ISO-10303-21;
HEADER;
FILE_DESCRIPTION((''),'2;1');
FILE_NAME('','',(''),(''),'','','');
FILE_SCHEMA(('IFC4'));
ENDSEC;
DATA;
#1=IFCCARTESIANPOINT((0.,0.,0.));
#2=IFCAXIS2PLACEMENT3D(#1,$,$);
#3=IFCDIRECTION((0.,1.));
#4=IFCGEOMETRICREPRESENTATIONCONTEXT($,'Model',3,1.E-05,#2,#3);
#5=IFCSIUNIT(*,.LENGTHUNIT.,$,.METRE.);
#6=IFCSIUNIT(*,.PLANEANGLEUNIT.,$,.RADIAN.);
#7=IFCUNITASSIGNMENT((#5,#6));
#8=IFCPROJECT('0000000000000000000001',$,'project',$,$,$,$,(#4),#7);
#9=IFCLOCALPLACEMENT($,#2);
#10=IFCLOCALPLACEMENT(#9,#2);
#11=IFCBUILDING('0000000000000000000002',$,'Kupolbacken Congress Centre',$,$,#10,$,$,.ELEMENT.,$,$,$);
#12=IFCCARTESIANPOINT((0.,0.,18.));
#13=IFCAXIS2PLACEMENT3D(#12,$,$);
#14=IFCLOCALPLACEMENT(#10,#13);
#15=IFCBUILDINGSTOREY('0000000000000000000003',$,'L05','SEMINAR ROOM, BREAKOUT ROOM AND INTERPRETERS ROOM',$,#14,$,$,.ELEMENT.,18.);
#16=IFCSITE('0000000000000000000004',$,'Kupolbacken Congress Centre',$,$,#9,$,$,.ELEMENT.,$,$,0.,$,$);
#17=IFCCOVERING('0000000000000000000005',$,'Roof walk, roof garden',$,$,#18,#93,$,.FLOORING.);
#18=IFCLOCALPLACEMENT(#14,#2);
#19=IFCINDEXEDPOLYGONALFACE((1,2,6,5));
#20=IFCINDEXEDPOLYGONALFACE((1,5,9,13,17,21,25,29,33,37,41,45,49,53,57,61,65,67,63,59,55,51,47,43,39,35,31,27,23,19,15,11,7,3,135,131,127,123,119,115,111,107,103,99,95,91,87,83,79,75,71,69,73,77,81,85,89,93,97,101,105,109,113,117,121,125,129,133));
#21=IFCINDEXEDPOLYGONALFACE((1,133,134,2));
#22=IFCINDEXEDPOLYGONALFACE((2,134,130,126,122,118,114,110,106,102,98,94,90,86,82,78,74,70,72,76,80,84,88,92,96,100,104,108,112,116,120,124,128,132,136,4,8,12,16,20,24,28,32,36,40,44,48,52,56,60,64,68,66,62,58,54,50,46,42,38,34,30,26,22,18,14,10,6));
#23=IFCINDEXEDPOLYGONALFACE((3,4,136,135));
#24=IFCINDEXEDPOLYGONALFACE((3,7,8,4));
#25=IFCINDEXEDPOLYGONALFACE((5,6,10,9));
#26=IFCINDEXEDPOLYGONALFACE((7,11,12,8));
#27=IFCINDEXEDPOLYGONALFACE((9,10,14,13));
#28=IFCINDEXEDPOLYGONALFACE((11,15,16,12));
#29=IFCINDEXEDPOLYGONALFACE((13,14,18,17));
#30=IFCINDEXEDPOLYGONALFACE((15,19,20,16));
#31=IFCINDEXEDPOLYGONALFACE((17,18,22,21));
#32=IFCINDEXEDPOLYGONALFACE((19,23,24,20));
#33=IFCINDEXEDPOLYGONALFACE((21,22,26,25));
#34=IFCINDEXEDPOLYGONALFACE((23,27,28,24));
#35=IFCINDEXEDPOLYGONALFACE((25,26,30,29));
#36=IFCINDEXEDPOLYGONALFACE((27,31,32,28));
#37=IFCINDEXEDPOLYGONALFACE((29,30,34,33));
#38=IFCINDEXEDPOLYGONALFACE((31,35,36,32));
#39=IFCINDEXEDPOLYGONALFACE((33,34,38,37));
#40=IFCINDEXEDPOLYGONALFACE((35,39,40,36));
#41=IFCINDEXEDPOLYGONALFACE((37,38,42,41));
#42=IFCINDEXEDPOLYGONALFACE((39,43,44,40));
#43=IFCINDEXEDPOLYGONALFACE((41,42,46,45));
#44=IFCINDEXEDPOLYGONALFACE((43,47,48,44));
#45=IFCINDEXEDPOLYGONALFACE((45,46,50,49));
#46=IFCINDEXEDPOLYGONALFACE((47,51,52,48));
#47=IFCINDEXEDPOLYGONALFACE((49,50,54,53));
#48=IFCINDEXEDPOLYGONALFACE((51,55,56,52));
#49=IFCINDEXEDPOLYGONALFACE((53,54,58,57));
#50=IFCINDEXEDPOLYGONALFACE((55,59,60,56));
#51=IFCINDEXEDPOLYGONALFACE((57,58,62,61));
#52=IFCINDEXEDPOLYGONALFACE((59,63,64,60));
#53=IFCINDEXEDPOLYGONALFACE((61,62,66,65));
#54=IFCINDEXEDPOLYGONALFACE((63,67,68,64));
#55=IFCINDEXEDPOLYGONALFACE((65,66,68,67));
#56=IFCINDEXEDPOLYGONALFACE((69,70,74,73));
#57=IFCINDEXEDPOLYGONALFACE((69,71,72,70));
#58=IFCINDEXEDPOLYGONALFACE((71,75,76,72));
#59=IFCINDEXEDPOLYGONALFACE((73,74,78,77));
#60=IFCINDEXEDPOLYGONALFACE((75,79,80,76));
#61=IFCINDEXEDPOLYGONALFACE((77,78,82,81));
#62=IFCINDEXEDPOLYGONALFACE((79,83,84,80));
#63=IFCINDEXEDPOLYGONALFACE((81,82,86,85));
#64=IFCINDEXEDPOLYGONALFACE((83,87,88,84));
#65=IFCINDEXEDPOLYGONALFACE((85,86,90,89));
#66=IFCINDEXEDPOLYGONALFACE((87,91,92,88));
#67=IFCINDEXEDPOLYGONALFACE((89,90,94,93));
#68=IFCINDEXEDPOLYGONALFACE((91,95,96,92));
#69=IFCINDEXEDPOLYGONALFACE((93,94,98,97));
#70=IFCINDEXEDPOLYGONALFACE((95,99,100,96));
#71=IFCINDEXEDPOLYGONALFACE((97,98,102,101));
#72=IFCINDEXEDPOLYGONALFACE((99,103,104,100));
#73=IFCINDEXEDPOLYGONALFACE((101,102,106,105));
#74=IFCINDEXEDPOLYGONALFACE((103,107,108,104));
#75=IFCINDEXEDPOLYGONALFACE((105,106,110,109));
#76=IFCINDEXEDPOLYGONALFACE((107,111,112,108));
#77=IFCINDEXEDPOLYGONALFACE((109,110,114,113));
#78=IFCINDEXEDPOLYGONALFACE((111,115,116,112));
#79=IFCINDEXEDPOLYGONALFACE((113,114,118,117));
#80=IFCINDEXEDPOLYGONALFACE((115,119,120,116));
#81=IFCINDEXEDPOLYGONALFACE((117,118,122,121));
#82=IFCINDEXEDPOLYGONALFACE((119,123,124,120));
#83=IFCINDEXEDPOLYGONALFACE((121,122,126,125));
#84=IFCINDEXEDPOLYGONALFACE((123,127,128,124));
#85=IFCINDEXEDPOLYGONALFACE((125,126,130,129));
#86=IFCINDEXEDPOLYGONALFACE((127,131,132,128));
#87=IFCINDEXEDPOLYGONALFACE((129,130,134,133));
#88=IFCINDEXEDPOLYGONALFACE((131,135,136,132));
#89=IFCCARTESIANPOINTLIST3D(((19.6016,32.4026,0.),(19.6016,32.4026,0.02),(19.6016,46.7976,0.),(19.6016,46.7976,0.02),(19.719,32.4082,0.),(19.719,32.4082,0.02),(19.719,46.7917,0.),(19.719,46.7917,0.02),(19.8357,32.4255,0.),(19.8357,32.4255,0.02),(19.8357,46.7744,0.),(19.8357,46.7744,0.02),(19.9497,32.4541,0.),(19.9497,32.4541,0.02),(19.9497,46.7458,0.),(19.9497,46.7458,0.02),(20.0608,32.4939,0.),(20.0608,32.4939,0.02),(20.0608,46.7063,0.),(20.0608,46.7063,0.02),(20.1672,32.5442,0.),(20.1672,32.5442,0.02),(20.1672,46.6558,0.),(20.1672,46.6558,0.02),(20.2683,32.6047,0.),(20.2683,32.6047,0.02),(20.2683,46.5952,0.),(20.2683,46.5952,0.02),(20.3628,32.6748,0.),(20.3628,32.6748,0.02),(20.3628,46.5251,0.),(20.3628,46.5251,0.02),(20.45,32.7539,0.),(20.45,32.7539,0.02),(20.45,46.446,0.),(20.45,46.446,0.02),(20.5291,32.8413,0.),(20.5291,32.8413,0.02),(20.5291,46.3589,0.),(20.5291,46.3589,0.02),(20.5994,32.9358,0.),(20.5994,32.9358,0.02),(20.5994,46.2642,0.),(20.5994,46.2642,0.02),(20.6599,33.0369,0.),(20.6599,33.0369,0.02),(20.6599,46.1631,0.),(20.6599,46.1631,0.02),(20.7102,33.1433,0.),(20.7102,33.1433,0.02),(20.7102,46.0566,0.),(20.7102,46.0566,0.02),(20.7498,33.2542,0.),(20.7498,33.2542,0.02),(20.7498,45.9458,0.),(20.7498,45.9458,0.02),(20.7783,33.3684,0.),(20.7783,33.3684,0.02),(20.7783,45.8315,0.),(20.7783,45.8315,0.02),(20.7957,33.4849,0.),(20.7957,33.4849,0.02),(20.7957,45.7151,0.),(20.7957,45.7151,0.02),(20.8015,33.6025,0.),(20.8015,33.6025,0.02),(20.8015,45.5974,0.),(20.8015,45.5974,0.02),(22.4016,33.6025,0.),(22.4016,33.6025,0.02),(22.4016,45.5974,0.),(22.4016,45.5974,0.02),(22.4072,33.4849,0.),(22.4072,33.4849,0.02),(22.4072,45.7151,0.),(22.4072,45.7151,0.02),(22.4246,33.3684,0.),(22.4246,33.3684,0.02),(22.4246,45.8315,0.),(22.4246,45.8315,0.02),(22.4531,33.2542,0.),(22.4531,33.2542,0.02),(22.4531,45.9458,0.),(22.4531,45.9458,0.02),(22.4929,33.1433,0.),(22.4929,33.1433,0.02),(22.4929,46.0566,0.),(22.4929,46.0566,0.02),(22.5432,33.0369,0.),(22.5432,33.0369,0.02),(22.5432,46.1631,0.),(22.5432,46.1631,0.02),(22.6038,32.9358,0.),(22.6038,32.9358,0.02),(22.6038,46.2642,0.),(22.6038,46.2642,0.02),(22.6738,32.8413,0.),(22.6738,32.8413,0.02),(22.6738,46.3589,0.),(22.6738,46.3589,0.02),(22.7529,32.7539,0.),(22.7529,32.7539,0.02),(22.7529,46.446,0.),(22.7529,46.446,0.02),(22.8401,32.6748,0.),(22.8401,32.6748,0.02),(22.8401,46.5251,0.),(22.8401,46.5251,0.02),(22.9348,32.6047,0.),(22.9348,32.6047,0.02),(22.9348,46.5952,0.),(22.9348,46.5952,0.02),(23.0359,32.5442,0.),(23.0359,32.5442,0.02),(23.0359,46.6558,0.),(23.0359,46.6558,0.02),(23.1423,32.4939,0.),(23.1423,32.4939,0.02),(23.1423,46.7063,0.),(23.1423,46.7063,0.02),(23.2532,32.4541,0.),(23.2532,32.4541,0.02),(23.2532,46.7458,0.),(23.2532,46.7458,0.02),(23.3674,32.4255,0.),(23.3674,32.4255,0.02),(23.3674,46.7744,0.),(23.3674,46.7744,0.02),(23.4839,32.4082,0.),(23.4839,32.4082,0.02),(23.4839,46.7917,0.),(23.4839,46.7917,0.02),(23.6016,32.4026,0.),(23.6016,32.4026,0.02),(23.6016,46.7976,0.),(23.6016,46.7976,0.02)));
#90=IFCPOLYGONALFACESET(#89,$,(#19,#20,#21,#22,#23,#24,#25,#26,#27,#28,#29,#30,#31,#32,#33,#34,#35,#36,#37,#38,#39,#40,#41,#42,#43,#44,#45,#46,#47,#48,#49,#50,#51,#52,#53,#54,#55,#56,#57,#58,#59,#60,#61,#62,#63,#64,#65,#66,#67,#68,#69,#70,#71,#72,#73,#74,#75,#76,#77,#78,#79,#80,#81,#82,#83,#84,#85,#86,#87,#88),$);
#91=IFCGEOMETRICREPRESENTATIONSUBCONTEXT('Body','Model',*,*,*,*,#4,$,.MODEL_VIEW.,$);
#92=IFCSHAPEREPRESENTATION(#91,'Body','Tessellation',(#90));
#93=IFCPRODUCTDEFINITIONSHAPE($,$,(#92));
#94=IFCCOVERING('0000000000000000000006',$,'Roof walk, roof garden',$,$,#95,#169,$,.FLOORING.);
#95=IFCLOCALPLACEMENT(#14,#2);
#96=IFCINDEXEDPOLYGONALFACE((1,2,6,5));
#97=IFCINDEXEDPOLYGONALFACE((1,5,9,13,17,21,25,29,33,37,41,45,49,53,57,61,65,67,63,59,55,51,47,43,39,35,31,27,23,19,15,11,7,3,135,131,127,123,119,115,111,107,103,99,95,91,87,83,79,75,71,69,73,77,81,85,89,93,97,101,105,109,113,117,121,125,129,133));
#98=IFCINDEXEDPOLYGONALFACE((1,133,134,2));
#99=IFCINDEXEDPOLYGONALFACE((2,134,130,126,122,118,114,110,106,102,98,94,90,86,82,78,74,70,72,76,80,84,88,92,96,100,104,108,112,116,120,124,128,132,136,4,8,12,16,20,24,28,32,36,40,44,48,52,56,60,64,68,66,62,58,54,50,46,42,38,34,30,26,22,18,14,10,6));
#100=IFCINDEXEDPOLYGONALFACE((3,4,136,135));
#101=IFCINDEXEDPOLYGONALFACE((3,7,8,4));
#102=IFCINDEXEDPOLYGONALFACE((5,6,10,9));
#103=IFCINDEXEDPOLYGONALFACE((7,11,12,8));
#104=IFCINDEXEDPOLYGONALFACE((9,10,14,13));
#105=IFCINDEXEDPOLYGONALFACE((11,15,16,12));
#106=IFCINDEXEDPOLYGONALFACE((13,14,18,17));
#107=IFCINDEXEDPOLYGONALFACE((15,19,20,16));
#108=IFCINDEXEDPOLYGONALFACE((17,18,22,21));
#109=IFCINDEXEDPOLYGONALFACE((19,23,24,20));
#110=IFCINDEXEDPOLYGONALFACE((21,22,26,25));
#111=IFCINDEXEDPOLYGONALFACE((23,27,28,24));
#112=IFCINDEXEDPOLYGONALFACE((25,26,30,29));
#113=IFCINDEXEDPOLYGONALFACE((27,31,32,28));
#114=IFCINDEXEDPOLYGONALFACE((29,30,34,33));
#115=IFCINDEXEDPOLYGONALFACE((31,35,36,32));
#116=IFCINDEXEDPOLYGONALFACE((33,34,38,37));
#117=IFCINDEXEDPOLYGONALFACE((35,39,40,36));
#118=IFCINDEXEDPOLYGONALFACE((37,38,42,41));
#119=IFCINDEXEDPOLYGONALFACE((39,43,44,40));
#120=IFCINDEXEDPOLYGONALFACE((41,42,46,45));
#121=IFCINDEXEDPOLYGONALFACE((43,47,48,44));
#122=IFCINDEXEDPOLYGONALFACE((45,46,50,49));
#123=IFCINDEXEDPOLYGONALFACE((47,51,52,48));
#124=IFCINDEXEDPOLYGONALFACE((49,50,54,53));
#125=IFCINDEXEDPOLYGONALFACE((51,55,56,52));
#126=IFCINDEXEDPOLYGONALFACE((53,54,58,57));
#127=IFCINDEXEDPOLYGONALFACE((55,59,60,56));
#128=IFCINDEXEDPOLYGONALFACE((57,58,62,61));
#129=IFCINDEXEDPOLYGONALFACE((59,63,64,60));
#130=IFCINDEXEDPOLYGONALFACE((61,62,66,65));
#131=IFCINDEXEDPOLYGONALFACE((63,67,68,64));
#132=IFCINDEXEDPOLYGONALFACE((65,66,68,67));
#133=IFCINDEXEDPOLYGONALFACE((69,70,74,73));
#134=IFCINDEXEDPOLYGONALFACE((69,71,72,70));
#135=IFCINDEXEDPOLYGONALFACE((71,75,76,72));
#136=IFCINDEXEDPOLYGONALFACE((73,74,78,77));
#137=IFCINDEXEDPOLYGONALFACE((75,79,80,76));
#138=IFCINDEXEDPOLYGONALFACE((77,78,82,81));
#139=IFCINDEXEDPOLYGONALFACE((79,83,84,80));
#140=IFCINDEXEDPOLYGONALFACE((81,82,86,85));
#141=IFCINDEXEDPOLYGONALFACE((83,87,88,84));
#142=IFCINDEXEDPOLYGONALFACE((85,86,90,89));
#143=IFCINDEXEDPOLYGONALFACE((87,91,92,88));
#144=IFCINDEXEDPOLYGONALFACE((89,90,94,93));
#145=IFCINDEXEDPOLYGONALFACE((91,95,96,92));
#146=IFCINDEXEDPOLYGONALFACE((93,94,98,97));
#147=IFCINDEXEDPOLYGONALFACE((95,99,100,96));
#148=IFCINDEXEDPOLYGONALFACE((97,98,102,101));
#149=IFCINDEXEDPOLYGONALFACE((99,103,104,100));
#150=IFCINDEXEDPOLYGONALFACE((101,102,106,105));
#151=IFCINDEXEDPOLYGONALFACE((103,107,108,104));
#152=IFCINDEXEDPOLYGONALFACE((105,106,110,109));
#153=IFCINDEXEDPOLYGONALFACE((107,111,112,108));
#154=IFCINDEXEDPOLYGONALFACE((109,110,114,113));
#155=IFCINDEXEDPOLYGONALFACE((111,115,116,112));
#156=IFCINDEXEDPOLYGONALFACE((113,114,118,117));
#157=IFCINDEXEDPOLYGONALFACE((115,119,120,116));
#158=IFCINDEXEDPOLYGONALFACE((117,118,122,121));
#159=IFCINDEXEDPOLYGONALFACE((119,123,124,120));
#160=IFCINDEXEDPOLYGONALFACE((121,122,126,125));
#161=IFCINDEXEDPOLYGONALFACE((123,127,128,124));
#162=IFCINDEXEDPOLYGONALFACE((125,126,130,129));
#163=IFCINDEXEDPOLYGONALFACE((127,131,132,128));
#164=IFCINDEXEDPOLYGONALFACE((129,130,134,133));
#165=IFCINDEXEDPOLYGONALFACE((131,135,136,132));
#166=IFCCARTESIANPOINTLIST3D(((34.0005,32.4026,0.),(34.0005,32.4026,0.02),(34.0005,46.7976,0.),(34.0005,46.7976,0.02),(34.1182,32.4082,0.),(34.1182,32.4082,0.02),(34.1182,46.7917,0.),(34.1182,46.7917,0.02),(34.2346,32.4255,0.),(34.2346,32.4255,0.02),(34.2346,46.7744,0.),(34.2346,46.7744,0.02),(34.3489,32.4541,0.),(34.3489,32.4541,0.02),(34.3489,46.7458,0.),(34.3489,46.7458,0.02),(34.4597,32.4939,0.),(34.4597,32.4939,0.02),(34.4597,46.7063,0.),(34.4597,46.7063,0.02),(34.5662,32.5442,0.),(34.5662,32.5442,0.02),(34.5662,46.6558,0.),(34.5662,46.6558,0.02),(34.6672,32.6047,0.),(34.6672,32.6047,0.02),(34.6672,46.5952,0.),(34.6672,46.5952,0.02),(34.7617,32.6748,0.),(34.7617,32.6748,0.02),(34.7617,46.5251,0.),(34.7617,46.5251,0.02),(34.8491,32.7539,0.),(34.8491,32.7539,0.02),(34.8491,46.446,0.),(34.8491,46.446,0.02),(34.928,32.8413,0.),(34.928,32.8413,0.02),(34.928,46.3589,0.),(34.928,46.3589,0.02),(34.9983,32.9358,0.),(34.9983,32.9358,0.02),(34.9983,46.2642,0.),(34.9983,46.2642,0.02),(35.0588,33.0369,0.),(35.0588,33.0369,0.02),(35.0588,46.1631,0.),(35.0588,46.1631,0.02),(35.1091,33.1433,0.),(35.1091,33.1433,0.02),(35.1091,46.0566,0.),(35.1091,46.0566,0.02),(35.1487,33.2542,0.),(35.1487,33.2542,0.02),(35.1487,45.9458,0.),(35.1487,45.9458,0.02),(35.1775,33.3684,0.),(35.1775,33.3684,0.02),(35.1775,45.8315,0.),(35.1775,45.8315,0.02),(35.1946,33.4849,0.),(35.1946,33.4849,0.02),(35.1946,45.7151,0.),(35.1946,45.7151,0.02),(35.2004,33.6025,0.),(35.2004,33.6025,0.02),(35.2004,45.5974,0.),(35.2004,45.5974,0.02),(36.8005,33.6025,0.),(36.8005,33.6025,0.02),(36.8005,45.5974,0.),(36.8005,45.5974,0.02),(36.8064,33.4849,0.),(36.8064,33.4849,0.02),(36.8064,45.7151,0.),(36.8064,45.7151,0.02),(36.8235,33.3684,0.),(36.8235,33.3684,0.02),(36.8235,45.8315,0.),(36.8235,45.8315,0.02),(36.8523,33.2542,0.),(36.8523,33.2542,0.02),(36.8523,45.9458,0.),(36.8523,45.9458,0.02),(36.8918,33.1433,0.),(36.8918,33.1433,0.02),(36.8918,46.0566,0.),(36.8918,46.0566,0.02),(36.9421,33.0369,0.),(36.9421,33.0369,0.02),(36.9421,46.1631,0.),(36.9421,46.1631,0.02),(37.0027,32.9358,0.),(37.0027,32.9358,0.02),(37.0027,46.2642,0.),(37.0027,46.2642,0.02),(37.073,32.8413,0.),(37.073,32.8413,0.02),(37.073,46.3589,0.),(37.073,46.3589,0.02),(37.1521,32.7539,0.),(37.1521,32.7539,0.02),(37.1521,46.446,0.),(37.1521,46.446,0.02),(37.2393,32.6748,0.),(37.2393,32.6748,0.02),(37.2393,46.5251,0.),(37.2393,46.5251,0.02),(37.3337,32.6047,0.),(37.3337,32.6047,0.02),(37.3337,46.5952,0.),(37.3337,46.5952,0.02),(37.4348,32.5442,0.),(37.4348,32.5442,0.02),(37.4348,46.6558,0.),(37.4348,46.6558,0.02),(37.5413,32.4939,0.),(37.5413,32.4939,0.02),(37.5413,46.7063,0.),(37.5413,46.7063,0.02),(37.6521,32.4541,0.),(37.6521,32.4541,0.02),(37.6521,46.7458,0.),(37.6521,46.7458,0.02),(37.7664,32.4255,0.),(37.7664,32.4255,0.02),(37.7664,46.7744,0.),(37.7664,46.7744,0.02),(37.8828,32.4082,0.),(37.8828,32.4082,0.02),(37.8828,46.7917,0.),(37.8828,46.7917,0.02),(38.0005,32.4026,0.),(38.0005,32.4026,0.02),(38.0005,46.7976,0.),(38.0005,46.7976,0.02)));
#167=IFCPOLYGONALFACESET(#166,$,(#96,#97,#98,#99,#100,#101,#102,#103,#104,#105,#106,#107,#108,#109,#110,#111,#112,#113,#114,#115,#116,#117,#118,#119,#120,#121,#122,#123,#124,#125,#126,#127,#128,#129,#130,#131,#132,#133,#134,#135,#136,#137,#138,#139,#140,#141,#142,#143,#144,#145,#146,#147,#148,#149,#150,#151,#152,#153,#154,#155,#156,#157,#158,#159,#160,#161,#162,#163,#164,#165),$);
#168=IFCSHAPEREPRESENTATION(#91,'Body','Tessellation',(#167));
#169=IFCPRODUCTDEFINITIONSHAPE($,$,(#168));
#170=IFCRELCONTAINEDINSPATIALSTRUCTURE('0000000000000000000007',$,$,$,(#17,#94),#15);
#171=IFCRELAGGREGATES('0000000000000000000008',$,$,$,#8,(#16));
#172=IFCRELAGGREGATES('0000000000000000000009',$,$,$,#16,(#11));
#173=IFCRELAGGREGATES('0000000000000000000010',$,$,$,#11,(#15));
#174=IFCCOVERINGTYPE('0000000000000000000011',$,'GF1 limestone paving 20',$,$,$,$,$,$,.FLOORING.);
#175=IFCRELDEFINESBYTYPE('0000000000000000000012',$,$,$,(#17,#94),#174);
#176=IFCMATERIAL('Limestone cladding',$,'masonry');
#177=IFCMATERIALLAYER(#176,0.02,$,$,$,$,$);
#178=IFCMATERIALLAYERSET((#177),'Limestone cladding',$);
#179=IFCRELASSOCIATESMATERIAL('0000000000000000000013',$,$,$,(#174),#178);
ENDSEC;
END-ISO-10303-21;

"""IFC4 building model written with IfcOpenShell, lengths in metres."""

from ifc_helpers import new_model, si_unit, direction, frame, origin, place, context, subcontext, project, spatial, polyline, outline, extrude, material, layer, layer_set, type_object, element, save


model = new_model("IFC4")

# Units and contexts
model_context = context("Model", 3, precision=1e-05, world=origin(), true_north=direction((0.0, 1.0)))
body_context = subcontext(model_context, "Body", "Model", "MODEL_VIEW")
ifc_project = project(units=[si_unit("LENGTHUNIT", "METRE"), si_unit("PLANEANGLEUNIT", "RADIAN")], contexts=[model_context])

# Site, building, storey
site_placement = place(None, origin())
site = spatial("IfcSite", under=ifc_project, at=site_placement, Name="Kupolbacken Congress Centre", CompositionType="ELEMENT", RefElevation=0.0)
building_placement = place(site_placement, origin())
building = spatial("IfcBuilding", under=site, at=building_placement, Name="Kupolbacken Congress Centre", CompositionType="ELEMENT")
storey_placement = place(building_placement, frame((0.0, 0.0, 18.0)))
storey = spatial("IfcBuildingStorey", under=building, at=storey_placement, Name="L05", Description="SEMINAR ROOM, BREAKOUT ROOM AND INTERPRETERS ROOM", CompositionType="ELEMENT", Elevation=18.0)

# Coverings
ifc_material_1 = material(Name="Limestone cladding", Category="masonry")
ifc_layer_1 = layer(ifc_material_1, 0.02)
ifc_layer_set_1 = layer_set([ifc_layer_1], Name="Limestone cladding")
covering_type_1 = type_object("IfcCoveringType", Name="GF1 limestone paving 20", PredefinedType="FLOORING", material=ifc_layer_set_1)
covering_1_placement = place(storey_placement, origin())
element("IfcCovering", 1, at=covering_1_placement, inside=storey, type_object=covering_type_1, Name="Roof walk, roof garden", PredefinedType="FLOORING", context=body_context, shape_type="SweptSolid", body=[
    extrude(outline(polyline([(19.719, 32.4082), (19.8357, 32.4255), (19.9497, 32.4541), (20.0608, 32.4939), (20.1672, 32.5442), (20.2683, 32.6047), (20.3628, 32.6748), (20.45, 32.7539), (20.5291, 32.8413), (20.5994, 32.9358), (20.6599, 33.0369), (20.7102, 33.1433), (20.7498, 33.2542), (20.7783, 33.3684), (20.7957, 33.4849), (20.8015, 33.6025), (20.8015, 45.5974), (20.7957, 45.7151), (20.7783, 45.8315), (20.7498, 45.9458), (20.7102, 46.0566), (20.6599, 46.1631), (20.5994, 46.2642), (20.5291, 46.3589), (20.45, 46.446), (20.3628, 46.5251), (20.2683, 46.5952), (20.1672, 46.6558), (20.0608, 46.7063), (19.9497, 46.7458), (19.8357, 46.7744), (19.719, 46.7917), (19.6016, 46.7976), (23.6016, 46.7976), (23.4839, 46.7917), (23.3674, 46.7744), (23.2532, 46.7458), (23.1423, 46.7063), (23.0359, 46.6558), (22.9348, 46.5952), (22.8401, 46.5251), (22.7529, 46.446), (22.6738, 46.3589), (22.6038, 46.2642), (22.5432, 46.1631), (22.4929, 46.0566), (22.4531, 45.9458), (22.4246, 45.8315), (22.4072, 45.7151), (22.4016, 45.5974), (22.4016, 33.6025), (22.4072, 33.4849), (22.4246, 33.3684), (22.4531, 33.2542), (22.4929, 33.1433), (22.5432, 33.0369), (22.6038, 32.9358), (22.6738, 32.8413), (22.7529, 32.7539), (22.8401, 32.6748), (22.9348, 32.6047), (23.0359, 32.5442), (23.1423, 32.4939), (23.2532, 32.4541), (23.3674, 32.4255), (23.4839, 32.4082), (23.6016, 32.4026), (19.6016, 32.4026), (19.719, 32.4082)])), origin(), (0.0, 0.0, 1.0), 0.02),
])
covering_2_placement = place(storey_placement, origin())
element("IfcCovering", 2, at=covering_2_placement, inside=storey, type_object=covering_type_1, Name="Roof walk, roof garden", PredefinedType="FLOORING", context=body_context, shape_type="SweptSolid", body=[
    extrude(outline(polyline([(34.1182, 46.7917), (34.0005, 46.7976), (38.0005, 46.7976), (37.8828, 46.7917), (37.7664, 46.7744), (37.6521, 46.7458), (37.5413, 46.7063), (37.4348, 46.6558), (37.3337, 46.5952), (37.2393, 46.5251), (37.1521, 46.446), (37.073, 46.3589), (37.0027, 46.2642), (36.9421, 46.1631), (36.8918, 46.0566), (36.8523, 45.9458), (36.8235, 45.8315), (36.8064, 45.7151), (36.8005, 45.5974), (36.8005, 33.6025), (36.8064, 33.4849), (36.8235, 33.3684), (36.8523, 33.2542), (36.8918, 33.1433), (36.9421, 33.0369), (37.0027, 32.9358), (37.073, 32.8413), (37.1521, 32.7539), (37.2393, 32.6748), (37.3337, 32.6047), (37.4348, 32.5442), (37.5413, 32.4939), (37.6521, 32.4541), (37.7664, 32.4255), (37.8828, 32.4082), (38.0005, 32.4026), (34.0005, 32.4026), (34.1182, 32.4082), (34.2346, 32.4255), (34.3489, 32.4541), (34.4597, 32.4939), (34.5662, 32.5442), (34.6672, 32.6047), (34.7617, 32.6748), (34.8491, 32.7539), (34.928, 32.8413), (34.9983, 32.9358), (35.0588, 33.0369), (35.1091, 33.1433), (35.1487, 33.2542), (35.1775, 33.3684), (35.1946, 33.4849), (35.2004, 33.6025), (35.2004, 45.5974), (35.1946, 45.7151), (35.1775, 45.8315), (35.1487, 45.9458), (35.1091, 46.0566), (35.0588, 46.1631), (34.9983, 46.2642), (34.928, 46.3589), (34.8491, 46.446), (34.7617, 46.5251), (34.6672, 46.5952), (34.5662, 46.6558), (34.4597, 46.7063), (34.3489, 46.7458), (34.2346, 46.7744), (34.1182, 46.7917)])), origin(), (0.0, 0.0, 1.0), 0.02),
])

save(model, "model.ifc")
